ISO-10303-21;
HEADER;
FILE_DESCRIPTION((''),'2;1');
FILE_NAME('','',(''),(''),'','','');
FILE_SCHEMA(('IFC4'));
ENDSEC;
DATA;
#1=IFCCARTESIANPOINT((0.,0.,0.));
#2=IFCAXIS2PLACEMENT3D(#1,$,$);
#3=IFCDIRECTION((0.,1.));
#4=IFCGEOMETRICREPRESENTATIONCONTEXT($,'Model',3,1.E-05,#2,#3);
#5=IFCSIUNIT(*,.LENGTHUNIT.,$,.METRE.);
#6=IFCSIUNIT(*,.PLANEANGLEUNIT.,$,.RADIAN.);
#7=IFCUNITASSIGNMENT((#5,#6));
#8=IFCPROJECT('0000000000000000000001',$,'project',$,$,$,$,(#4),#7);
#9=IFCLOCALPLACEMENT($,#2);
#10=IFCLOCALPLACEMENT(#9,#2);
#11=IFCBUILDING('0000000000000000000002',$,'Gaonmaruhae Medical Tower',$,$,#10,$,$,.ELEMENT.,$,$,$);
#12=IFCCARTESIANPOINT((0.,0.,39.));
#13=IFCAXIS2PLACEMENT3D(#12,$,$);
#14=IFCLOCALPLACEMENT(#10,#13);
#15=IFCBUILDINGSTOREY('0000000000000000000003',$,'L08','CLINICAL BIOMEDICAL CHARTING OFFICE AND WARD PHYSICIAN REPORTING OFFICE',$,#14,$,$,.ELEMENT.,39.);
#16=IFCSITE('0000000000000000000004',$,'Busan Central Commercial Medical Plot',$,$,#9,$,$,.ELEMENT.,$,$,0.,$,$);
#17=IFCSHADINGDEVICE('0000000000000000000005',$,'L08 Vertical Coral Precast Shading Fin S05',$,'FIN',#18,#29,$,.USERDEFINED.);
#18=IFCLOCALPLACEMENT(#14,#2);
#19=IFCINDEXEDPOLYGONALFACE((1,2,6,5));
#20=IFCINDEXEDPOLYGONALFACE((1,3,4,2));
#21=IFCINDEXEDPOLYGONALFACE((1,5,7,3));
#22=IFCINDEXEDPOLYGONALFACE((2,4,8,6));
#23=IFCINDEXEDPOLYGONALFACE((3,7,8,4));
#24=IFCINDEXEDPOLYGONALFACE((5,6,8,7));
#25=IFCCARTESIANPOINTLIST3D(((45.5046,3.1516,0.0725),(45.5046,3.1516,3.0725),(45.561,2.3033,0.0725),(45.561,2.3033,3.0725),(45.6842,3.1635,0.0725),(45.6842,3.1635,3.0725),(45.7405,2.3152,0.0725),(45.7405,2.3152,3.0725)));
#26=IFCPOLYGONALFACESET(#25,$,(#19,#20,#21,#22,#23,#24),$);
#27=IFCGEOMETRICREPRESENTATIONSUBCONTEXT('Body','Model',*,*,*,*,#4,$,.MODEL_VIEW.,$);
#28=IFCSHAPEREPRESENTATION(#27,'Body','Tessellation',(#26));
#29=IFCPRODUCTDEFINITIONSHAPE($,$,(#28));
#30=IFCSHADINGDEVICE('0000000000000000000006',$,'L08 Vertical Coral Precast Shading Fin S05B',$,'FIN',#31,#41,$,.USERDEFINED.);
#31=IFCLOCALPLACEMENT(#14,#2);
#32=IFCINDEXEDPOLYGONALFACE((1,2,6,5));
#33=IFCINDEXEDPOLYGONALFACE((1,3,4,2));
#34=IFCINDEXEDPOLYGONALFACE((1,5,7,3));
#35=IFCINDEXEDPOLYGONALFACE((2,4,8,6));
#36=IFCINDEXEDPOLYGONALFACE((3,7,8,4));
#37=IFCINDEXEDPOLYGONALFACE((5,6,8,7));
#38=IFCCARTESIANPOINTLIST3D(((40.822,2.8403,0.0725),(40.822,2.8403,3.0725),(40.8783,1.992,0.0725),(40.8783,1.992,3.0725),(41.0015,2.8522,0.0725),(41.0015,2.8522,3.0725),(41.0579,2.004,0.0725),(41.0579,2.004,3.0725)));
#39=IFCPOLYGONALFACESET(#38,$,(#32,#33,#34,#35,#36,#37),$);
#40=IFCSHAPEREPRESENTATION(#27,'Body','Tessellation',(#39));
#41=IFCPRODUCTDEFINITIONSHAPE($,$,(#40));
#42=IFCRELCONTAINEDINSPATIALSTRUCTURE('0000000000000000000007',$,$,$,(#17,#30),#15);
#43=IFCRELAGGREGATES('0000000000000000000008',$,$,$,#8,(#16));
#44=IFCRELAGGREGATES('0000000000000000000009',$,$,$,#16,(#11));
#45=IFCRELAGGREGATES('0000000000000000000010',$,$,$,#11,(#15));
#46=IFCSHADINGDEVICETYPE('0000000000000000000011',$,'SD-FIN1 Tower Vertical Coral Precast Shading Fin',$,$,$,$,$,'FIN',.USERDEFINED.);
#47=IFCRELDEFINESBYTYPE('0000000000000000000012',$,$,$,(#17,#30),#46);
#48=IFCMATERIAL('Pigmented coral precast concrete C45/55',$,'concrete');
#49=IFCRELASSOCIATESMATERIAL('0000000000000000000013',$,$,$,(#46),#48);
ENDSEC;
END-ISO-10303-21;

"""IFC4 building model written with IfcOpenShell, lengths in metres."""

from ifc_helpers import new_model, si_unit, direction, frame, origin, origin_2d, place, context, subcontext, project, spatial, rectangle, extrude, material, type_object, element, save


model = new_model("IFC4")

# Units and contexts
model_context = context("Model", 3, precision=1e-05, world=origin(), true_north=direction((0.0, 1.0)))
body_context = subcontext(model_context, "Body", "Model", "MODEL_VIEW")
ifc_project = project(units=[si_unit("LENGTHUNIT", "METRE"), si_unit("PLANEANGLEUNIT", "RADIAN")], contexts=[model_context])

# Site, building, storey
site_placement = place(None, origin())
site = spatial("IfcSite", under=ifc_project, at=site_placement, Name="Busan Central Commercial Medical Plot", CompositionType="ELEMENT", RefElevation=0.0)
building_placement = place(site_placement, origin())
building = spatial("IfcBuilding", under=site, at=building_placement, Name="Gaonmaruhae Medical Tower", CompositionType="ELEMENT")
storey_placement = place(building_placement, frame((0.0, 0.0, 39.0)))
storey = spatial("IfcBuildingStorey", under=building, at=storey_placement, Name="L08", Description="CLINICAL BIOMEDICAL CHARTING OFFICE AND WARD PHYSICIAN REPORTING OFFICE", CompositionType="ELEMENT", Elevation=39.0)

# Shading devices
ifc_material_1 = material(Name="Pigmented coral precast concrete C45/55", Category="concrete")
shading_device_type = type_object("IfcShadingDeviceType", Name="SD-FIN1 Tower Vertical Coral Precast Shading Fin", ElementType="FIN", PredefinedType="USERDEFINED", material=ifc_material_1)
for number, where, z_axis, x_axis, name in (
    (1, (45.6226, 2.7334, 0.0725), (0.0, 0.0, 1.0), (-0.997801, -0.066274, 0.0), "L08 Vertical Coral Precast Shading Fin S05"),
    (2, (40.9399, 2.4221, 0.0725), (0.0, 0.0, 1.0), (-0.997801, -0.066274, 0.0), "L08 Vertical Coral Precast Shading Fin S05B"),
):
    element("IfcShadingDevice", number, at=place(storey_placement, frame(where, z_axis=z_axis, x_axis=x_axis)), inside=storey, type_object=shading_device_type, Name=name, ObjectType="FIN", PredefinedType="USERDEFINED", context=body_context, shape_type="SweptSolid", body=[
        extrude(rectangle(XDim=0.1799, YDim=0.8501, at=origin_2d()), origin(), (0.0, 0.0, 1.0), 3.0),
    ])

save(model, "model.ifc")
